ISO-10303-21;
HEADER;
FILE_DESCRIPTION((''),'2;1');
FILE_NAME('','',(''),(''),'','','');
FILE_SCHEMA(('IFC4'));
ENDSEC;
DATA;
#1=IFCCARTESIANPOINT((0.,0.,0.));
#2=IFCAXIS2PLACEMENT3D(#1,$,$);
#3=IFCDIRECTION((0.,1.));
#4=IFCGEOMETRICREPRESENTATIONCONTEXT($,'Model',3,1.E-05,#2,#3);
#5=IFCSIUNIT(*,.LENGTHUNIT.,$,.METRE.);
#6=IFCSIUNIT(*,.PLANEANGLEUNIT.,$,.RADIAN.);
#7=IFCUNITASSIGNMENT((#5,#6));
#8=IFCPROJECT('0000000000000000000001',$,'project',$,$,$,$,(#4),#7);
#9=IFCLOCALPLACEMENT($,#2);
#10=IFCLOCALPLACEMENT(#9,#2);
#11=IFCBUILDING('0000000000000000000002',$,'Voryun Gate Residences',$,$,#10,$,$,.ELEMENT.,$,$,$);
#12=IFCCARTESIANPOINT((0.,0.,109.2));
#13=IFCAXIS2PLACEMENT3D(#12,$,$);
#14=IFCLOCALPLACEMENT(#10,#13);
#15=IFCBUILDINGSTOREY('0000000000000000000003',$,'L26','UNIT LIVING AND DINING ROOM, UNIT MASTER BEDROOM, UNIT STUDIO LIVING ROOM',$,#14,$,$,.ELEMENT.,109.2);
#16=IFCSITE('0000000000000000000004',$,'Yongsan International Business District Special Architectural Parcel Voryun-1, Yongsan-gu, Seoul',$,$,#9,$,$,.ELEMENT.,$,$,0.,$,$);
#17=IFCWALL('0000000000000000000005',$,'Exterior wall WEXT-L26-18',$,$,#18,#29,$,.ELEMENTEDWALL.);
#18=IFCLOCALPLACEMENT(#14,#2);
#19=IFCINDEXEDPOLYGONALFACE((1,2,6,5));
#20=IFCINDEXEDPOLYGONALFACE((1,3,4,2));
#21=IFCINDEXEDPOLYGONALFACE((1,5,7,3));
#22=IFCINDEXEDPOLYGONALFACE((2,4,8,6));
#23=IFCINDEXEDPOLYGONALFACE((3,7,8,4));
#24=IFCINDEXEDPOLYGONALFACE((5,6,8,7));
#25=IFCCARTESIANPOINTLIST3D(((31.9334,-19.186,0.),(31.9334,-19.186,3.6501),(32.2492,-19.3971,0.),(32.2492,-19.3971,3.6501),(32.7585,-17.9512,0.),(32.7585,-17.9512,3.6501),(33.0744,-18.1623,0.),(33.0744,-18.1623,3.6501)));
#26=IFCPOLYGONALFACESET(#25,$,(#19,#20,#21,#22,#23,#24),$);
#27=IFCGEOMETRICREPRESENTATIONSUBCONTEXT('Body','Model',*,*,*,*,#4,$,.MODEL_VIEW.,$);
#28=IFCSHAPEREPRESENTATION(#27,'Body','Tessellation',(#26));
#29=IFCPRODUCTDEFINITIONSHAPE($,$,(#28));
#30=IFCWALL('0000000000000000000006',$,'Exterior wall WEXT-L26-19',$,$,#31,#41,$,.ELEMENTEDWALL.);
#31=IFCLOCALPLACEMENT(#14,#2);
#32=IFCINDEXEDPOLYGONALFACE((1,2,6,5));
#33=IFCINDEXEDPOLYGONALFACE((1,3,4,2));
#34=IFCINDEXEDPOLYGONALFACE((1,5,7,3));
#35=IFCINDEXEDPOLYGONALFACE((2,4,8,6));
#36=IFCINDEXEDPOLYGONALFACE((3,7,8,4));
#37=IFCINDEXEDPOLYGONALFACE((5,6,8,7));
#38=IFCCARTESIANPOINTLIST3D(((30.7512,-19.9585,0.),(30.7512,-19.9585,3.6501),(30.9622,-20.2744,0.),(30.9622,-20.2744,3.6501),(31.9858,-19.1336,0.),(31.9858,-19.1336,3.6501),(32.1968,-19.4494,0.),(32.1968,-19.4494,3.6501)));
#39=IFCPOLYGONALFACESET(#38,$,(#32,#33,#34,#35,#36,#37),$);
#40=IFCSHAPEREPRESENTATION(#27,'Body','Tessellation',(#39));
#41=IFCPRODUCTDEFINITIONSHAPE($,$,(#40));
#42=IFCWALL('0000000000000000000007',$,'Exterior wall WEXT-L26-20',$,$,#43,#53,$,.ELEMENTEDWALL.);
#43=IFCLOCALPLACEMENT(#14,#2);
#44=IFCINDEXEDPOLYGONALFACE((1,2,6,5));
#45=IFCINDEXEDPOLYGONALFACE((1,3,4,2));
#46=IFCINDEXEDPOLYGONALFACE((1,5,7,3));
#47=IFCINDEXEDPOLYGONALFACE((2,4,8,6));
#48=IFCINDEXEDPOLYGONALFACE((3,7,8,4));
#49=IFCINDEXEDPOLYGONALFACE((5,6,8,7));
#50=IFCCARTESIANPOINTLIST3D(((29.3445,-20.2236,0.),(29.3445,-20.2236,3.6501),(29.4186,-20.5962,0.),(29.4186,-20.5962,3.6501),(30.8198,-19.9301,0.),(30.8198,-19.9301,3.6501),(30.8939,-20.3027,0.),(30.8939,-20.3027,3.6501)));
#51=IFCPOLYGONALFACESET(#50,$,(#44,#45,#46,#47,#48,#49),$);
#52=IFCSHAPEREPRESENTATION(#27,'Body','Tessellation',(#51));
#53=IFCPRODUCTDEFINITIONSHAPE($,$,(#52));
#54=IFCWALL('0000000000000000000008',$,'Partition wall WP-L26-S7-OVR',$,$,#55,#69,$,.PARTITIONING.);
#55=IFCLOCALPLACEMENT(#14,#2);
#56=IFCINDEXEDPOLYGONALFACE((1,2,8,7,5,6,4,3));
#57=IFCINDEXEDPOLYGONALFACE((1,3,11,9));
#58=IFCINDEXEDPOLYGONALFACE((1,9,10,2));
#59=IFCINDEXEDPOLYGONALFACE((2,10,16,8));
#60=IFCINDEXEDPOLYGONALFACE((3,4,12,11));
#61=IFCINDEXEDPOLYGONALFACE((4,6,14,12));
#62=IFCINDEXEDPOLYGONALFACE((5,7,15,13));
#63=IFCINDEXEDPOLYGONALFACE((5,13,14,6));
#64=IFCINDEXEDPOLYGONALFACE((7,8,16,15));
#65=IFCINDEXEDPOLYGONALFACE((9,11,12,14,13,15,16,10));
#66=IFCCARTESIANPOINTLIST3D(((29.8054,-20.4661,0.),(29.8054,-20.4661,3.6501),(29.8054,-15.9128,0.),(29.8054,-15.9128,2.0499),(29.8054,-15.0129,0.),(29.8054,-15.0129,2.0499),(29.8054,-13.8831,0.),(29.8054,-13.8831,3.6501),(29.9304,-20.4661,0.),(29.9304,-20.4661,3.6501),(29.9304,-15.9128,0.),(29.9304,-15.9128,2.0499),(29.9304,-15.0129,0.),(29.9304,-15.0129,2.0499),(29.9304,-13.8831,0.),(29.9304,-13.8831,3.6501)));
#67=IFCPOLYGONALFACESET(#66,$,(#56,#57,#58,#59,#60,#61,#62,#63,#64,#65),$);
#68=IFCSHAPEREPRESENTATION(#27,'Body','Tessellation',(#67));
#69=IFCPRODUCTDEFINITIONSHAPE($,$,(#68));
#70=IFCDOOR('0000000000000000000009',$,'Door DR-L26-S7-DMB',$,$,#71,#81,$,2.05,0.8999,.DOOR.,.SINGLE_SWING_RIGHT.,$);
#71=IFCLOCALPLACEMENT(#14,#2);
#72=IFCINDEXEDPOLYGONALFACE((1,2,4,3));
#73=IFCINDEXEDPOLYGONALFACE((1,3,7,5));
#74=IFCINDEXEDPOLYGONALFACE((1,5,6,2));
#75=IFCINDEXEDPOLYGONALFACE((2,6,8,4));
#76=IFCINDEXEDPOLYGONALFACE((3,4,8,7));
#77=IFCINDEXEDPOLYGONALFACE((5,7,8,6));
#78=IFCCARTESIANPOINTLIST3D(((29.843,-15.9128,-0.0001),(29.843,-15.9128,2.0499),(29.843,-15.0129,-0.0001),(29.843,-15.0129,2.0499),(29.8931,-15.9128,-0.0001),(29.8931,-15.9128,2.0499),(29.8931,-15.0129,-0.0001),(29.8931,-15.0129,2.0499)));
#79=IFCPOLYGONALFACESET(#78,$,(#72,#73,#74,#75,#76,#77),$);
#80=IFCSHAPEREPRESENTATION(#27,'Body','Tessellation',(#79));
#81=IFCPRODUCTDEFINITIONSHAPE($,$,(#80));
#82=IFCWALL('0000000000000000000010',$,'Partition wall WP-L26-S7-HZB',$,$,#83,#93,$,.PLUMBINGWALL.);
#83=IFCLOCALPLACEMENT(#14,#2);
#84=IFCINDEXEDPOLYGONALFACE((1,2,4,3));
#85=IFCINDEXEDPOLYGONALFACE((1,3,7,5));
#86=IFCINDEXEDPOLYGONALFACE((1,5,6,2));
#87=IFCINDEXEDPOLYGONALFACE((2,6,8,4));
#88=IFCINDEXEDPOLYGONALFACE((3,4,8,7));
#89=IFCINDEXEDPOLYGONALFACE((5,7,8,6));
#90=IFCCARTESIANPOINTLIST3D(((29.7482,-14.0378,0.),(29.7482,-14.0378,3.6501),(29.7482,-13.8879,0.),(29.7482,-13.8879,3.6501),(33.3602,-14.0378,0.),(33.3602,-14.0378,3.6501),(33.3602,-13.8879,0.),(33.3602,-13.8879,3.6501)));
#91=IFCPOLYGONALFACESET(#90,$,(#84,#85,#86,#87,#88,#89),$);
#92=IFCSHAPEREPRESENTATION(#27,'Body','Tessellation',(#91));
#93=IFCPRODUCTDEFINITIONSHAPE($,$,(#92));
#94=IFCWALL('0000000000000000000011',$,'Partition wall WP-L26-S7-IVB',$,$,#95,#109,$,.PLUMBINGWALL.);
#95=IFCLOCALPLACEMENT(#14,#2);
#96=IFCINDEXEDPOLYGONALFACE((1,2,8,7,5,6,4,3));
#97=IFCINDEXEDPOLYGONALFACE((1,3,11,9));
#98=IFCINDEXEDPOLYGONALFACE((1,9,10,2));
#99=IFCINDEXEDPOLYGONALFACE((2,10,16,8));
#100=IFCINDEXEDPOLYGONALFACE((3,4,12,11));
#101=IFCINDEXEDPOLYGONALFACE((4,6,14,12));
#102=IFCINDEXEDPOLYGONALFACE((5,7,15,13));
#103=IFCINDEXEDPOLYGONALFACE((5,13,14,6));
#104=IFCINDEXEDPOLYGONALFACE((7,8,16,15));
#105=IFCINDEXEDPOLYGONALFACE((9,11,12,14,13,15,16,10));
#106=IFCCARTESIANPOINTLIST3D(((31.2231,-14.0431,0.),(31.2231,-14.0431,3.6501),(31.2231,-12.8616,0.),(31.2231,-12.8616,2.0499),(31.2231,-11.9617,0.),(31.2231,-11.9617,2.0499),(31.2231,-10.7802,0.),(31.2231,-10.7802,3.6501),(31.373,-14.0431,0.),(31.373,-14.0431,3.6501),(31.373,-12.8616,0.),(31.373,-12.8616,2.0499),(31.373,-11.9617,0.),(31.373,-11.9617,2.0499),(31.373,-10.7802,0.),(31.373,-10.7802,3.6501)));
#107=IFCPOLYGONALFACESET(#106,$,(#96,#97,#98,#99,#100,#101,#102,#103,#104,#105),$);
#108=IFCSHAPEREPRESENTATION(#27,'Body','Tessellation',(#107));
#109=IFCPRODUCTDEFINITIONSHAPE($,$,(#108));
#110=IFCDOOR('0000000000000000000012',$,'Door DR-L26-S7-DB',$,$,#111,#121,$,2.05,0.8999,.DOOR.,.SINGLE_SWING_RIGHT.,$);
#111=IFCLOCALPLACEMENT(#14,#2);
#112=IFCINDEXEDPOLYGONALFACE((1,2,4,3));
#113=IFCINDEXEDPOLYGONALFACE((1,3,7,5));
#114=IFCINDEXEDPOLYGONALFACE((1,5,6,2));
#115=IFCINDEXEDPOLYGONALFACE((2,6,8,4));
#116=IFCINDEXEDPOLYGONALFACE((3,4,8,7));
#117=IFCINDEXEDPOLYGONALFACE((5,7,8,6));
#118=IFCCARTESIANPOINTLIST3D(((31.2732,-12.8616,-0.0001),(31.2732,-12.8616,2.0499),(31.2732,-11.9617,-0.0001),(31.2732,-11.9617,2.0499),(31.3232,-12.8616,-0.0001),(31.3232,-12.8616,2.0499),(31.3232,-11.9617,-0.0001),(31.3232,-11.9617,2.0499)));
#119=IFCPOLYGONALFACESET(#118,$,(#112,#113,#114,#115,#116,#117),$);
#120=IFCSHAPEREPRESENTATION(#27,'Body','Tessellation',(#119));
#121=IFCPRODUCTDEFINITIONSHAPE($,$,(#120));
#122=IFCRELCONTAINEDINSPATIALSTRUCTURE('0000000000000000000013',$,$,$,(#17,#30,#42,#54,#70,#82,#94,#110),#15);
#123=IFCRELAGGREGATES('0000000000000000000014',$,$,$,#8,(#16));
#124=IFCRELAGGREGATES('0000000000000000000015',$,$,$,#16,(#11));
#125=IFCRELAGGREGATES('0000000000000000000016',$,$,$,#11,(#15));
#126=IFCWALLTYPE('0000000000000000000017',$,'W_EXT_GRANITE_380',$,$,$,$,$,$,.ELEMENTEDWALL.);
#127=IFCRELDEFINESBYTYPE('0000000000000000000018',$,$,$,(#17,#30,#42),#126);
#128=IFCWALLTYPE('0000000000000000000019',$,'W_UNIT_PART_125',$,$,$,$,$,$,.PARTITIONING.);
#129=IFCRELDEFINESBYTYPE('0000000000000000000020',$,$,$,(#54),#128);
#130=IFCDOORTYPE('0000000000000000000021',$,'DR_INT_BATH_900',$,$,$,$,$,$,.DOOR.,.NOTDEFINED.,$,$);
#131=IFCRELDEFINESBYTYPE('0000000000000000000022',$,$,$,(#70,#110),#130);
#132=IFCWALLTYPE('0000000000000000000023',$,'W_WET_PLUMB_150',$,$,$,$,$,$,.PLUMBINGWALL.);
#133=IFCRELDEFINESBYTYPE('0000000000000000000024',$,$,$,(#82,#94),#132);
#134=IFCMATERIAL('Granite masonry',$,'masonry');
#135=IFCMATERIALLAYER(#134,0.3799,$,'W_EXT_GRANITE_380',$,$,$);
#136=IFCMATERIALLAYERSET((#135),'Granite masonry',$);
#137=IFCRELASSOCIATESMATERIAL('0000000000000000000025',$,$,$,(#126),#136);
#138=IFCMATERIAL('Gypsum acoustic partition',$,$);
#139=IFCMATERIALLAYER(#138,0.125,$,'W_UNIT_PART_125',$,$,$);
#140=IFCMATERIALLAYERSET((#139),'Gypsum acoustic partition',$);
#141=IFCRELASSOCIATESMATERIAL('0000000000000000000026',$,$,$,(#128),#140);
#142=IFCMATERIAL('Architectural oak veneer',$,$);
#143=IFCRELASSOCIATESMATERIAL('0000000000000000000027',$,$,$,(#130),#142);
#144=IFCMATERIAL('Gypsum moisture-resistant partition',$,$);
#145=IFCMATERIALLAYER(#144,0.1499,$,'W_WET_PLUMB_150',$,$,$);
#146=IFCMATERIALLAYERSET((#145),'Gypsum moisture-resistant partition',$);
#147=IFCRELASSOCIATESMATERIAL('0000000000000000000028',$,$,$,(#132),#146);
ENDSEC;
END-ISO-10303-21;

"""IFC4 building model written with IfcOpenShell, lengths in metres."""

from ifc_helpers import new_model, si_unit, direction, frame, frame_2d, origin, place, context, subcontext, project, spatial, rectangle, extrude, material, layer, layer_set, type_object, element, fill, save


model = new_model("IFC4")

# Units and contexts
model_context = context("Model", 3, precision=1e-05, world=origin(), true_north=direction((0.0, 1.0)))
body_context = subcontext(model_context, "Body", "Model", "MODEL_VIEW")
ifc_project = project(units=[si_unit("LENGTHUNIT", "METRE"), si_unit("PLANEANGLEUNIT", "RADIAN")], contexts=[model_context])

# Site, building, storey
site_placement = place(None, origin())
site = spatial("IfcSite", under=ifc_project, at=site_placement, Name="Yongsan International Business District Special Architectural Parcel Voryun-1, Yongsan-gu, Seoul", CompositionType="ELEMENT", RefElevation=0.0)
building_placement = place(site_placement, origin())
building = spatial("IfcBuilding", under=site, at=building_placement, Name="Voryun Gate Residences", CompositionType="ELEMENT")
storey_placement = place(building_placement, frame((0.0, 0.0, 109.2)))
storey = spatial("IfcBuildingStorey", under=building, at=storey_placement, Name="L26", Description="UNIT LIVING AND DINING ROOM, UNIT MASTER BEDROOM, UNIT STUDIO LIVING ROOM", CompositionType="ELEMENT", Elevation=109.2)

# Walls
ifc_material_1 = material(Name="Granite masonry", Category="masonry")
ifc_layer_1 = layer(ifc_material_1, 0.3799, Name="W_EXT_GRANITE_380")
ifc_layer_set_1 = layer_set([ifc_layer_1], Name="Granite masonry")
wall_type_1 = type_object("IfcWallType", Name="W_EXT_GRANITE_380", PredefinedType="ELEMENTEDWALL", material=ifc_layer_set_1)
wall_1_placement = place(storey_placement, frame((32.9165, -18.0566, 0.0), z_axis=(0.0, 0.0, 1.0), x_axis=(-0.55561, -0.831443, 0.0)))
element("IfcWall", 1, at=wall_1_placement, inside=storey, type_object=wall_type_1, Name="Exterior wall WEXT-L26-18", PredefinedType="ELEMENTEDWALL", context=body_context, shape_type="SweptSolid", body=[
    extrude(rectangle(XDim=1.4851, YDim=0.3799, at=frame_2d((0.7427, 0.0))), origin(), (0.0, 0.0, 1.0), 3.6501),
])
wall_2_placement = place(storey_placement, frame((32.0913, -19.2915, 0.0), z_axis=(0.0, 0.0, 1.0), x_axis=(-0.831468, -0.555573, 0.0)))
element("IfcWall", 2, at=wall_2_placement, inside=storey, type_object=wall_type_1, Name="Exterior wall WEXT-L26-19", PredefinedType="ELEMENTEDWALL", context=body_context, shape_type="SweptSolid", body=[
    extrude(rectangle(XDim=1.4849, YDim=0.3799, at=frame_2d((0.7424, 0.0))), origin(), (0.0, 0.0, 1.0), 3.6501),
])
wall_3_placement = place(storey_placement, frame((30.8567, -20.1165, 0.0), z_axis=(0.0, 0.0, 1.0), x_axis=(-0.980786, -0.195086, 0.0)))
element("IfcWall", 3, at=wall_3_placement, inside=storey, type_object=wall_type_1, Name="Exterior wall WEXT-L26-20", PredefinedType="ELEMENTEDWALL", context=body_context, shape_type="SweptSolid", body=[
    extrude(rectangle(XDim=1.5042, YDim=0.3799, at=frame_2d((0.752, 0.0))), origin(), (0.0, 0.0, 1.0), 3.6501),
])

# Wall, opening, door
ifc_material_2 = material(Name="Gypsum acoustic partition")
ifc_layer_2 = layer(ifc_material_2, 0.125, Name="W_UNIT_PART_125")
ifc_layer_set_2 = layer_set([ifc_layer_2], Name="Gypsum acoustic partition")
wall_type_2 = type_object("IfcWallType", Name="W_UNIT_PART_125", PredefinedType="PARTITIONING", material=ifc_layer_set_2)
wall_4_placement = place(storey_placement, frame((29.8679, -20.4661, 0.0), z_axis=(0.0, 0.0, 1.0), x_axis=(0.0, 1.0, 0.0)))
wall_4 = element("IfcWall", 4, at=wall_4_placement, inside=storey, type_object=wall_type_2, Name="Partition wall WP-L26-S7-OVR", PredefinedType="PARTITIONING", context=body_context, shape_type="SweptSolid", body=[
    extrude(rectangle(XDim=6.583, YDim=0.125, at=frame_2d((3.2915, 0.0))), origin(), (0.0, 0.0, 1.0), 3.6501),
])
opening_1_placement = place(wall_4_placement, frame((4.5532, 0.0, 0.0)))
opening_1 = element("IfcOpeningElement", 5, at=opening_1_placement, cuts=wall_4, PredefinedType="OPENING", context=body_context, shape_type="SweptSolid", body=[
    extrude(rectangle(XDim=0.8999, YDim=2.05, at=frame_2d((0.45, 1.0249))), frame((0.0, 0.0725, 0.0), z_axis=(0.0, -1.0, 0.0), x_axis=(1.0, 0.0, 0.0)), (0.0, 0.0, 1.0), 0.145),
])
ifc_material_3 = material(Name="Architectural oak veneer")
door_type = type_object("IfcDoorType", Name="DR_INT_BATH_900", OperationType="NOTDEFINED", PredefinedType="DOOR", material=ifc_material_3)
door_1_placement = place(opening_1_placement, origin())
door_1 = element("IfcDoor", 6, at=door_1_placement, inside=storey, type_object=door_type, Name="Door DR-L26-S7-DMB", OperationType="SINGLE_SWING_RIGHT", OverallHeight=2.05, OverallWidth=0.8999, PredefinedType="DOOR", context=body_context, shape_type="SweptSolid", body=[
    extrude(rectangle(XDim=0.8999, YDim=2.05, at=frame_2d((0.45, 1.0249))), frame((0.0, 0.0249, 0.0), z_axis=(0.0, -1.0, 0.0), x_axis=(1.0, 0.0, 0.0)), (0.0, 0.0, 1.0), 0.05),
])
fill(opening_1, door_1)

# Wall
ifc_material_4 = material(Name="Gypsum moisture-resistant partition")
ifc_layer_3 = layer(ifc_material_4, 0.1499, Name="W_WET_PLUMB_150")
ifc_layer_set_3 = layer_set([ifc_layer_3], Name="Gypsum moisture-resistant partition")
wall_type_3 = type_object("IfcWallType", Name="W_WET_PLUMB_150", PredefinedType="PLUMBINGWALL", material=ifc_layer_set_3)
wall_5_placement = place(storey_placement, frame((29.748, -13.9629, 0.0), z_axis=(0.0, 0.0, 1.0), x_axis=(1.0, 0.0, 0.0)))
element("IfcWall", 7, at=wall_5_placement, inside=storey, type_object=wall_type_3, Name="Partition wall WP-L26-S7-HZB", PredefinedType="PLUMBINGWALL", context=body_context, shape_type="SweptSolid", body=[
    extrude(rectangle(XDim=3.6121, YDim=0.1499, at=frame_2d((1.8062, 0.0))), origin(), (0.0, 0.0, 1.0), 3.6501),
])

# Wall, opening, door
wall_6_placement = place(storey_placement, frame((31.2981, -14.043, 0.0), z_axis=(0.0, 0.0, 1.0), x_axis=(0.0, 1.0, 0.0)))
wall_6 = element("IfcWall", 8, at=wall_6_placement, inside=storey, type_object=wall_type_3, Name="Partition wall WP-L26-S7-IVB", PredefinedType="PLUMBINGWALL", context=body_context, shape_type="SweptSolid", body=[
    extrude(rectangle(XDim=3.2629, YDim=0.1499, at=frame_2d((1.6313, 0.0))), origin(), (0.0, 0.0, 1.0), 3.6501),
])
opening_2_placement = place(wall_6_placement, frame((1.1814, 0.0, 0.0)))
opening_2 = element("IfcOpeningElement", 9, at=opening_2_placement, cuts=wall_6, PredefinedType="OPENING", context=body_context, shape_type="SweptSolid", body=[
    extrude(rectangle(XDim=0.8999, YDim=2.05, at=frame_2d((0.45, 1.0249))), frame((0.0, 0.085, 0.0), z_axis=(0.0, -1.0, 0.0), x_axis=(1.0, 0.0, 0.0)), (0.0, 0.0, 1.0), 0.1699),
])
door_2_placement = place(opening_2_placement, origin())
door_2 = element("IfcDoor", 10, at=door_2_placement, inside=storey, type_object=door_type, Name="Door DR-L26-S7-DB", OperationType="SINGLE_SWING_RIGHT", OverallHeight=2.05, OverallWidth=0.8999, PredefinedType="DOOR", context=body_context, shape_type="SweptSolid", body=[
    extrude(rectangle(XDim=0.8999, YDim=2.05, at=frame_2d((0.45, 1.0249))), frame((0.0, 0.0249, 0.0), z_axis=(0.0, -1.0, 0.0), x_axis=(1.0, 0.0, 0.0)), (0.0, 0.0, 1.0), 0.05),
])
fill(opening_2, door_2)

save(model, "model.ifc")
